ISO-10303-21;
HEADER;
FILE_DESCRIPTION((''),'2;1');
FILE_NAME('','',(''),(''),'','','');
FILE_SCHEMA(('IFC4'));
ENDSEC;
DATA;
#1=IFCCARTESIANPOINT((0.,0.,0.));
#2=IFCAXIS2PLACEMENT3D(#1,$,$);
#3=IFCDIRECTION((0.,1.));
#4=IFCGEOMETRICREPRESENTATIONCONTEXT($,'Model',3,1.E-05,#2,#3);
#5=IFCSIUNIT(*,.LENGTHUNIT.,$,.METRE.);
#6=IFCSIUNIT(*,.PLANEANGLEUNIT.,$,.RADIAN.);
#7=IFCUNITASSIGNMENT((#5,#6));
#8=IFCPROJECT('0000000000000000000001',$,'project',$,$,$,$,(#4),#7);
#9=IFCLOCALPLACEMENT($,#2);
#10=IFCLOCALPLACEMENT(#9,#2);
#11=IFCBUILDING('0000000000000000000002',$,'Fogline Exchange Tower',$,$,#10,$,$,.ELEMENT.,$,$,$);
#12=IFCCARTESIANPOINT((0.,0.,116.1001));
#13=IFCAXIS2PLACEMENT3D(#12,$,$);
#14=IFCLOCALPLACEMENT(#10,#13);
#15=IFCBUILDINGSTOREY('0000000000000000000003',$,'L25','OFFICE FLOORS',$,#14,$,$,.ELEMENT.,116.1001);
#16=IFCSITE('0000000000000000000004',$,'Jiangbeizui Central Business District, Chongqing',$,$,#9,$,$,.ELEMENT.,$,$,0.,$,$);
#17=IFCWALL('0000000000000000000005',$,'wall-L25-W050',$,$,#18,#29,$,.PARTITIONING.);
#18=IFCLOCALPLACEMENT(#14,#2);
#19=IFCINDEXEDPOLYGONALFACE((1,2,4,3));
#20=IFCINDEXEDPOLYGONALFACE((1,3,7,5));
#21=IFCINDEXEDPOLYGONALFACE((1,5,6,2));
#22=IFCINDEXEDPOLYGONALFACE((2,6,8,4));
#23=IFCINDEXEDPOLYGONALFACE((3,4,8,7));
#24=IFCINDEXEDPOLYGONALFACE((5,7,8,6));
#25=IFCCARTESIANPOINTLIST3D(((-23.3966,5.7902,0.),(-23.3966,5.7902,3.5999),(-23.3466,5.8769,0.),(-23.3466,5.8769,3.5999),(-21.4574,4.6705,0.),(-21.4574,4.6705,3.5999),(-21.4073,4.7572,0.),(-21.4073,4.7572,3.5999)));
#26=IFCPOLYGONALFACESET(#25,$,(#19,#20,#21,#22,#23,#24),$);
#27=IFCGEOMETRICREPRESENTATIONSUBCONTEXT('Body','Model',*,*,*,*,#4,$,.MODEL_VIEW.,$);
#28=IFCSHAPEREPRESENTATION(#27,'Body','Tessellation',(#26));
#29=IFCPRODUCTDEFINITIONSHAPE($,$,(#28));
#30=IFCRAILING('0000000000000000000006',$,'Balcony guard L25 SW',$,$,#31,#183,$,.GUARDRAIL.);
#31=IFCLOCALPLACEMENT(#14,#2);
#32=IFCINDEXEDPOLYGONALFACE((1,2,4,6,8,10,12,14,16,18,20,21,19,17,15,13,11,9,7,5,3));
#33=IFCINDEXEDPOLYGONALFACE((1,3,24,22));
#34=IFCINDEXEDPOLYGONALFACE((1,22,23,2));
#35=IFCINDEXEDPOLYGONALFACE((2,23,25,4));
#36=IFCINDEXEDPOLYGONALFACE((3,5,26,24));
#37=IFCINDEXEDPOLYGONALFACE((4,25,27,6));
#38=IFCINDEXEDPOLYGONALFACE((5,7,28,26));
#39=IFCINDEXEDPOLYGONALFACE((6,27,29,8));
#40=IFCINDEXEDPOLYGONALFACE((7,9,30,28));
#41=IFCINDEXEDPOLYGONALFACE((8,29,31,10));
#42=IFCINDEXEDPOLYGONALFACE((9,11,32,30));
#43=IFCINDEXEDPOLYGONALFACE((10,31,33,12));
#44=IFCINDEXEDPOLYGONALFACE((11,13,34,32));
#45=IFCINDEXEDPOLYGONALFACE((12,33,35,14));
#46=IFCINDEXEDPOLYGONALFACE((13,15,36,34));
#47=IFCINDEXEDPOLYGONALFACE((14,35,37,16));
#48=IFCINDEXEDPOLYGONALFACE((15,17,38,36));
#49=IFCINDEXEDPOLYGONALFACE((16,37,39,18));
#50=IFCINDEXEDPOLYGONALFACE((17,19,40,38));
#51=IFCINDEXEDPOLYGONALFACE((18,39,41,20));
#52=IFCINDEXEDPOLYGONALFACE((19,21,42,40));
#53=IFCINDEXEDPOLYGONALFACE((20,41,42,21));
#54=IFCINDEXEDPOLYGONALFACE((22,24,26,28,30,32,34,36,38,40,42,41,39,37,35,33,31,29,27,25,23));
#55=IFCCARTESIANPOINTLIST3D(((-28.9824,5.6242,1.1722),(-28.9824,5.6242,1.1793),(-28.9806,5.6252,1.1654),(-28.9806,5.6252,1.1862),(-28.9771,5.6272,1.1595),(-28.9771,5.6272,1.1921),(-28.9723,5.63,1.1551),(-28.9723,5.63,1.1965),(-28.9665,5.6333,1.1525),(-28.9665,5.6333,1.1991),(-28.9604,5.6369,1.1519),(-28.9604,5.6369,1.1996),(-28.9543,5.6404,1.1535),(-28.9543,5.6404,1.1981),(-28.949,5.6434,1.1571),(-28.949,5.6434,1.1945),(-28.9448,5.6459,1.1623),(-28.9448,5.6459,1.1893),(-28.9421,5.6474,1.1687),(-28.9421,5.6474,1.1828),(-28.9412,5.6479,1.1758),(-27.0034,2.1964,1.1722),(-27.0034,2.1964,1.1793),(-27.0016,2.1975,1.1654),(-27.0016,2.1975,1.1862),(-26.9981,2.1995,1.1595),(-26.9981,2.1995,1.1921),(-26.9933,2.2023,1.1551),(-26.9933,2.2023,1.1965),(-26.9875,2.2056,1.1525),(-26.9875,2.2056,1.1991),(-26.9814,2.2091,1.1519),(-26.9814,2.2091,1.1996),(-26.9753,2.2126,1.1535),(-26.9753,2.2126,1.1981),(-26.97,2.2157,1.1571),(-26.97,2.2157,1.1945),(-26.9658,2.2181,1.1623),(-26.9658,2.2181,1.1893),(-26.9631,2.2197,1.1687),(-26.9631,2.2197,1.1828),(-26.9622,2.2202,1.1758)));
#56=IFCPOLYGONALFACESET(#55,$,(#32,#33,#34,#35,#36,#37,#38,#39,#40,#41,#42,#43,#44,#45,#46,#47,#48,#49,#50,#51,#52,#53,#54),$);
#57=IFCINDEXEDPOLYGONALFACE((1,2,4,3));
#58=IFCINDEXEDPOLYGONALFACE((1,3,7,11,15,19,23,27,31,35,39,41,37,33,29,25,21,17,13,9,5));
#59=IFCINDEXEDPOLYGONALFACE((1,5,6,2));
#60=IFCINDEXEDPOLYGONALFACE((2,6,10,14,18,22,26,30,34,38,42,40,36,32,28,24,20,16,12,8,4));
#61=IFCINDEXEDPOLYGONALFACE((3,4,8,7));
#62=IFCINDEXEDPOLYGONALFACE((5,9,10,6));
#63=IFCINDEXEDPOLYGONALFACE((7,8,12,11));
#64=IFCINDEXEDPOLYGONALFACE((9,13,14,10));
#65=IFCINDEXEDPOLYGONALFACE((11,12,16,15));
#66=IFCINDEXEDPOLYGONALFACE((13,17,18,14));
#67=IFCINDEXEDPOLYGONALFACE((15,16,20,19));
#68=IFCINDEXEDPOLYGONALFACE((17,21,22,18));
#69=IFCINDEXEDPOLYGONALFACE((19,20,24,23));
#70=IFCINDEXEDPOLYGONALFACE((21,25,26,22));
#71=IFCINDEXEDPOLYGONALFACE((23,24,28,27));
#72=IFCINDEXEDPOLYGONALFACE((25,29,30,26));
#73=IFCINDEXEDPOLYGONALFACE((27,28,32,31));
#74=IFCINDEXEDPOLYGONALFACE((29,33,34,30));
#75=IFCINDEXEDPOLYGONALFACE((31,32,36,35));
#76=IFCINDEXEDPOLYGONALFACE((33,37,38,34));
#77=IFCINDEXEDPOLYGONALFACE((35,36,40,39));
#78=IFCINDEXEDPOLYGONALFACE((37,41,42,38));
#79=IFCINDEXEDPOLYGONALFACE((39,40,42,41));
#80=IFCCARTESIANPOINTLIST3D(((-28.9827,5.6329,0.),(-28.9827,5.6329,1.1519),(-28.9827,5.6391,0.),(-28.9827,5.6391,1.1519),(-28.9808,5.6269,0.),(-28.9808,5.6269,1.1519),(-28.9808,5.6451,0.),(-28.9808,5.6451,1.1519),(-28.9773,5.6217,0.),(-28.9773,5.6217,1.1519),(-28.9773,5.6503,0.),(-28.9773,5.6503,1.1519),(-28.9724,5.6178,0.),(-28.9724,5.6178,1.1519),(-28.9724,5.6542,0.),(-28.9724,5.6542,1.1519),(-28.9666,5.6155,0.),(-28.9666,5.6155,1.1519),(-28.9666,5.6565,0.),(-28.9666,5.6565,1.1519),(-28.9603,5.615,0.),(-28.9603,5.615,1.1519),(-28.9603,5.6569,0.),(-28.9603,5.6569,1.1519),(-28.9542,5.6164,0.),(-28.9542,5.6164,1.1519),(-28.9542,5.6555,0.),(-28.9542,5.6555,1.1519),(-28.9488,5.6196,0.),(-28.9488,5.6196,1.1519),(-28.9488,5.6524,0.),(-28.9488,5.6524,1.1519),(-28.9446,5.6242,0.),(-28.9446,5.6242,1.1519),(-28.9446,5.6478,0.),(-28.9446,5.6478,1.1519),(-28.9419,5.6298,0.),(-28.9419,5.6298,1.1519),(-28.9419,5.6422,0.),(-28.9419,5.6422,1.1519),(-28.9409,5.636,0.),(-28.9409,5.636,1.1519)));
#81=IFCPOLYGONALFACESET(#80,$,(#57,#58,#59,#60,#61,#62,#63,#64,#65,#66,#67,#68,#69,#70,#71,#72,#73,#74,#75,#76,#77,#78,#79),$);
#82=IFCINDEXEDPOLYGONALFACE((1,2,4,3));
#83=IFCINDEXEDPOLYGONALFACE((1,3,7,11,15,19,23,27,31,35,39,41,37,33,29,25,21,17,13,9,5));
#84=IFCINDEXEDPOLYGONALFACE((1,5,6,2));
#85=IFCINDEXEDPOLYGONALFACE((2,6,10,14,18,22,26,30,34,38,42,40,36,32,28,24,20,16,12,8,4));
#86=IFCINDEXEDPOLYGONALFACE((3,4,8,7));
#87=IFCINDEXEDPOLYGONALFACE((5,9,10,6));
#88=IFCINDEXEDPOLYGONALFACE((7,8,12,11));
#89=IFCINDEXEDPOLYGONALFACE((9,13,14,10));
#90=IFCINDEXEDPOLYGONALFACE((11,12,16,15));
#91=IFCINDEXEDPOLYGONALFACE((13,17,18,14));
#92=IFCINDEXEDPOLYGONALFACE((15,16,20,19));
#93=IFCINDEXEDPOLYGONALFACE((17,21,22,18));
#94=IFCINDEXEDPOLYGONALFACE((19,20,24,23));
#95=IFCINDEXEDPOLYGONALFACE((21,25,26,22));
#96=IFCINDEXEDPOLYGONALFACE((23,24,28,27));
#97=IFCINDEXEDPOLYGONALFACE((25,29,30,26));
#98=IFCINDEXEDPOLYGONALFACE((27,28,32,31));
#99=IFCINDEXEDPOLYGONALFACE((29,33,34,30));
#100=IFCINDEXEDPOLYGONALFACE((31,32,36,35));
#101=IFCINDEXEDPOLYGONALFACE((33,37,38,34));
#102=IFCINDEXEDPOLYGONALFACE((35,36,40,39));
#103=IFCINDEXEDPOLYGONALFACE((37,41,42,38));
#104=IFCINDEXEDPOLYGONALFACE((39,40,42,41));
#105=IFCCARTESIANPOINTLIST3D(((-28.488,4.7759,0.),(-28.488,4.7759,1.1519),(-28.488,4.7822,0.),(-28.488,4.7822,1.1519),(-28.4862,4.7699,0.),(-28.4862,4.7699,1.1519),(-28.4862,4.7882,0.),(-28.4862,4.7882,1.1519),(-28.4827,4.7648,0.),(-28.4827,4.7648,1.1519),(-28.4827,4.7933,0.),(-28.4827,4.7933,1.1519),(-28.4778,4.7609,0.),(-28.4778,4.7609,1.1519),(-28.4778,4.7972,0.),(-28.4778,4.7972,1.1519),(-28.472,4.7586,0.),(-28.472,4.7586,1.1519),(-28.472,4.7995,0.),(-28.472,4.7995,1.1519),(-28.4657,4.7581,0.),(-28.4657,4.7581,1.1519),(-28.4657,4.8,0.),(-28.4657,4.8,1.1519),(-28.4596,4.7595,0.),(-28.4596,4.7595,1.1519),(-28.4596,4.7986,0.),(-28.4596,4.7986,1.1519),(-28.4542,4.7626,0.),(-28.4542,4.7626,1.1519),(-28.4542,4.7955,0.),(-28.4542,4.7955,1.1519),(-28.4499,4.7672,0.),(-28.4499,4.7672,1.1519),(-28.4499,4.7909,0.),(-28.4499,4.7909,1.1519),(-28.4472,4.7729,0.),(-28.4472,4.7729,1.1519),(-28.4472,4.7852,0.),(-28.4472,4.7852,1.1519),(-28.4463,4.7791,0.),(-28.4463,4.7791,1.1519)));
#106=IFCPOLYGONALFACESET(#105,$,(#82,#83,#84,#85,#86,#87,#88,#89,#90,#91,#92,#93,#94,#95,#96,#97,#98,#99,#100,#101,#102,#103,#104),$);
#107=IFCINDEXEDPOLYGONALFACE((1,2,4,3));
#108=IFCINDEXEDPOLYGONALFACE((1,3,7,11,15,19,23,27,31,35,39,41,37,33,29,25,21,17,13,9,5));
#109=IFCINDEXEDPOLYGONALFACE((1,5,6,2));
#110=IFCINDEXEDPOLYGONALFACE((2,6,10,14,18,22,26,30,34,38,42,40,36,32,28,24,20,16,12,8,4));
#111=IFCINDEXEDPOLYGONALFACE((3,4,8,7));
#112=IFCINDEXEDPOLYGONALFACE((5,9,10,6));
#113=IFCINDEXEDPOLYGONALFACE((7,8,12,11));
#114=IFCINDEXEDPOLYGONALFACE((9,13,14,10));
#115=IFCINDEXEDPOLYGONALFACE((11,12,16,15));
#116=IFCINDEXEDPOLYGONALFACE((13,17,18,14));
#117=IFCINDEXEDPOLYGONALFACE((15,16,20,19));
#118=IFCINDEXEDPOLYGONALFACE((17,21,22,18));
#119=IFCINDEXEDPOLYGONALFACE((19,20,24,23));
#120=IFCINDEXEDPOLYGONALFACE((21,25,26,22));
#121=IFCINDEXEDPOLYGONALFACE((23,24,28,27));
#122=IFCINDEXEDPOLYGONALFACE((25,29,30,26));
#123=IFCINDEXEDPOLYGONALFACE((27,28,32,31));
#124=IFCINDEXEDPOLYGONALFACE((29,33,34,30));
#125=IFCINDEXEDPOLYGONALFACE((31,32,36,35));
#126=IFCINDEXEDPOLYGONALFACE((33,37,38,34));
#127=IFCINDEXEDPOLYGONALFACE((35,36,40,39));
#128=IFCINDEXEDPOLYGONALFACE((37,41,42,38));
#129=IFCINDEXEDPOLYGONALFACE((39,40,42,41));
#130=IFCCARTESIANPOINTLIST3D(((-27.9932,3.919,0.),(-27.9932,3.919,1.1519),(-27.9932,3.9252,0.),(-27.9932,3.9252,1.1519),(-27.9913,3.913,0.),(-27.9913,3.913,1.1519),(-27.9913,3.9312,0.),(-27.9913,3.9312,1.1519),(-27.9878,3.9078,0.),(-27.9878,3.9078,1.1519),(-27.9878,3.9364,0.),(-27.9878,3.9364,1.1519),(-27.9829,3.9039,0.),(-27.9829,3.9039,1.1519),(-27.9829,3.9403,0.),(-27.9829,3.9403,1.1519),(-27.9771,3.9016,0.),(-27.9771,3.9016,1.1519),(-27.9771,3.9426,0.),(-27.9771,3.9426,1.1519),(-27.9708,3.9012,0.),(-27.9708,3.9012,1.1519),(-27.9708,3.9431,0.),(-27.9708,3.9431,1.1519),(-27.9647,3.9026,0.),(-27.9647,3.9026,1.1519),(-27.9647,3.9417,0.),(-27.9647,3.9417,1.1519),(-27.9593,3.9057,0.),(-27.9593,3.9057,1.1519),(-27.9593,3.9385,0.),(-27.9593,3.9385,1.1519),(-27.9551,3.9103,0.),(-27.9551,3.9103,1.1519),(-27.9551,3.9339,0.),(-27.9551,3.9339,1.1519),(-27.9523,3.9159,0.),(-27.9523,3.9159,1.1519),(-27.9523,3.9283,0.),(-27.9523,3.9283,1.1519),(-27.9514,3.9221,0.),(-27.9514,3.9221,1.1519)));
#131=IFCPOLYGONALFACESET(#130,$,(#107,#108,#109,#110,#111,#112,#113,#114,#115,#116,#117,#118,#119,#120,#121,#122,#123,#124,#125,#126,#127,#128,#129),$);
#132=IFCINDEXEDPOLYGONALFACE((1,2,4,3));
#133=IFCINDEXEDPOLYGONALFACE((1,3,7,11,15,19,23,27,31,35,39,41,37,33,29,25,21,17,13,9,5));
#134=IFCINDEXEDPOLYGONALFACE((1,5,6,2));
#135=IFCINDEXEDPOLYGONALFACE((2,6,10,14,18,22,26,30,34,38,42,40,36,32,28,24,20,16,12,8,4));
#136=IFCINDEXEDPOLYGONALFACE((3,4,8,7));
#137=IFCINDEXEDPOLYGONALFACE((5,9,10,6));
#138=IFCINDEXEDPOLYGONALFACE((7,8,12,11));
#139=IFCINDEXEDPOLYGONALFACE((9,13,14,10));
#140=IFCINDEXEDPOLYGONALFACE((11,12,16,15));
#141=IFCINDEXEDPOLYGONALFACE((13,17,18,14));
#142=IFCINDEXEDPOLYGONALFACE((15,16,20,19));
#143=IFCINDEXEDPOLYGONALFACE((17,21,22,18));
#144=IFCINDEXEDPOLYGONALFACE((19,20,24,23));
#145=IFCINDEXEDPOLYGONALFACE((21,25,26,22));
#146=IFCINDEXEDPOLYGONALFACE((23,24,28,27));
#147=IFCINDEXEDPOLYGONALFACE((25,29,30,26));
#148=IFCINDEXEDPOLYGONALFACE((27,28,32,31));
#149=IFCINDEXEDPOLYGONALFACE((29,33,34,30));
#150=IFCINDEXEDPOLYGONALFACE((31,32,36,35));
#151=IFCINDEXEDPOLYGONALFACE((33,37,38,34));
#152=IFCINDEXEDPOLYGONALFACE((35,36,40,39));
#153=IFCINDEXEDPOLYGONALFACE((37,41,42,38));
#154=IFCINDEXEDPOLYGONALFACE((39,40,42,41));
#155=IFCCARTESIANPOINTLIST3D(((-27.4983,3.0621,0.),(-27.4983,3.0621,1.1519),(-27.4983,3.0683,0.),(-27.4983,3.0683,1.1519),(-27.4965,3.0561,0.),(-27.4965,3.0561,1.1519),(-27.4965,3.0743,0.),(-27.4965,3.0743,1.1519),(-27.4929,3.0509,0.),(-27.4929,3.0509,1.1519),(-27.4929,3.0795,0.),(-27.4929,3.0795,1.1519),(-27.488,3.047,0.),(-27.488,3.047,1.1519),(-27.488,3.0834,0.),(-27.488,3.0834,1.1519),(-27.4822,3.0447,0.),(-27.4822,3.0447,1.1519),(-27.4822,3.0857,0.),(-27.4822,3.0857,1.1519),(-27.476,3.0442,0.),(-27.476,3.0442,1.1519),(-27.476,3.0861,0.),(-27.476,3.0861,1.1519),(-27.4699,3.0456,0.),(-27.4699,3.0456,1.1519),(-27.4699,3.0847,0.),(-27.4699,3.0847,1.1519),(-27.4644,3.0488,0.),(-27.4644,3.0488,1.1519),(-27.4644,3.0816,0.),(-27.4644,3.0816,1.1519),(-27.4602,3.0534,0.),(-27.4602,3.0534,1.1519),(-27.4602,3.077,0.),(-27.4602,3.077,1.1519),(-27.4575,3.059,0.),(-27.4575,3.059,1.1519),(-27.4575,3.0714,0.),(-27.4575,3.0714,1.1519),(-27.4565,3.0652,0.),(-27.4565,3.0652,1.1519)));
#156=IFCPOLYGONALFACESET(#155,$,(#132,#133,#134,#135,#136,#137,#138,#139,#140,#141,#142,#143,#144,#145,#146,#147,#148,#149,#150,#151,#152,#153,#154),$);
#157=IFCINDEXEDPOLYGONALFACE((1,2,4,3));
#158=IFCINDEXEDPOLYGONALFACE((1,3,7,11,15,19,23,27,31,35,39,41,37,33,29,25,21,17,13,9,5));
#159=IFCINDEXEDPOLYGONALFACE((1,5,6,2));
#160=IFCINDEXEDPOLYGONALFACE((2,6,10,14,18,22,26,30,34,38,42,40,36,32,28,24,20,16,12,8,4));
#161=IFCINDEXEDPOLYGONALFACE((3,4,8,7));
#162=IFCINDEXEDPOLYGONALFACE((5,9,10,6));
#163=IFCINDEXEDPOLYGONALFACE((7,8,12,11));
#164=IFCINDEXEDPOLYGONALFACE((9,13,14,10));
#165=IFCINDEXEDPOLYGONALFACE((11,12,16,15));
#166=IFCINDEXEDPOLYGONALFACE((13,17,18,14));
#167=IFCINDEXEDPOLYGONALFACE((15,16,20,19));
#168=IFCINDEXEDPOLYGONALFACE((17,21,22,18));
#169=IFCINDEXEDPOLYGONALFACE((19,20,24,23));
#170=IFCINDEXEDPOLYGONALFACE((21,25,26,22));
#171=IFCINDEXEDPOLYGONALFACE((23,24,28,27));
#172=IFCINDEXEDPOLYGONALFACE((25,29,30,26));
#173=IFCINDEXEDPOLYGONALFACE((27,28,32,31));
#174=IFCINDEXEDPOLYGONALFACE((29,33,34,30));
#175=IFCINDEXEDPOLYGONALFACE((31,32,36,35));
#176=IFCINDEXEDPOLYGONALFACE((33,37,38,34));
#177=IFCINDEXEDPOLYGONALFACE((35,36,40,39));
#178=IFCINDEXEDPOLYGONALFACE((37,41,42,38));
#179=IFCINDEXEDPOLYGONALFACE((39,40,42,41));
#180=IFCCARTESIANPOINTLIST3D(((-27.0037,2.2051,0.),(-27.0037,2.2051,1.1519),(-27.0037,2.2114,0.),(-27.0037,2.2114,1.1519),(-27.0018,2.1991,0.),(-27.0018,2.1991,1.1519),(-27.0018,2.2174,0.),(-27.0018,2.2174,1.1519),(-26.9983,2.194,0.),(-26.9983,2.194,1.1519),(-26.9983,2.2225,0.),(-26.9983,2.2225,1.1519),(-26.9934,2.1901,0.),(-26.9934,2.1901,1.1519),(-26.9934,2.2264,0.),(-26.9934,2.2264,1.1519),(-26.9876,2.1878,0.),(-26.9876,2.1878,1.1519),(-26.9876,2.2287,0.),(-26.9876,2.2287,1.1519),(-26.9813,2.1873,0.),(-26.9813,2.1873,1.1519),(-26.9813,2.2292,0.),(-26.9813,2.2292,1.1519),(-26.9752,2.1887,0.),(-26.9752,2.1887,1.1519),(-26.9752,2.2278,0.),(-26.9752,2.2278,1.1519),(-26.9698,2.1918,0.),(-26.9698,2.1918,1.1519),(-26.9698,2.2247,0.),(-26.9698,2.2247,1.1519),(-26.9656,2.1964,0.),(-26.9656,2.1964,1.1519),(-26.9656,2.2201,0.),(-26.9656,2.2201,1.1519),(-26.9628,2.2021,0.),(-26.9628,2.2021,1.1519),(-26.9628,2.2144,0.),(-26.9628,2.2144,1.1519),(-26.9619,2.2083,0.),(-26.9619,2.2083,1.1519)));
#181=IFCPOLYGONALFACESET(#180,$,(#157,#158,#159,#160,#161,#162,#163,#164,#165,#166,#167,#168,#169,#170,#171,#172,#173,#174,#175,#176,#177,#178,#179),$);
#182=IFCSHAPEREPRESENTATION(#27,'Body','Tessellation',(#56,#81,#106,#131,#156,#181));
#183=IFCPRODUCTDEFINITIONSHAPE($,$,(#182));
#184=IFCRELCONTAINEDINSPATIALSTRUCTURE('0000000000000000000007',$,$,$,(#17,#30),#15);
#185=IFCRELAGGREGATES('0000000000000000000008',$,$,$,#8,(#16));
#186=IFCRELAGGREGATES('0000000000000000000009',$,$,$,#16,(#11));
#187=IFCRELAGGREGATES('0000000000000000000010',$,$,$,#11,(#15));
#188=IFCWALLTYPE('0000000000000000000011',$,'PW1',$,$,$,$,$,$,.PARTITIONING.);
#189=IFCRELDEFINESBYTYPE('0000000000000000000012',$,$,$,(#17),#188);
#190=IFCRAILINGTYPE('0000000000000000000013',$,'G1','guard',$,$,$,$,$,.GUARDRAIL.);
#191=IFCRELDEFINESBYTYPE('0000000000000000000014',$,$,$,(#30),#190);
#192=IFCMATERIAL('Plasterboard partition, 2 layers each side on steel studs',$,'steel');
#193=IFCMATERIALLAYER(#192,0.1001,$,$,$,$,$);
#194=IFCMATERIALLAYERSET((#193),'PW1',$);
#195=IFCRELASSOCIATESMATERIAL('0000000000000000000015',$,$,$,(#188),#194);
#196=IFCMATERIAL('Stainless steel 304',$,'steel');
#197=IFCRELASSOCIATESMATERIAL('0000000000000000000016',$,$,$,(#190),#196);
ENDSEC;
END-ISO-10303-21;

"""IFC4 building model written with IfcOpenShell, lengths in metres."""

from ifc_helpers import new_model, si_unit, direction, frame, frame_2d, origin, origin_2d, place, context, subcontext, project, spatial, rectangle, circle, extrude, material, layer, layer_set, type_object, element, save


model = new_model("IFC4")

# Units and contexts
model_context = context("Model", 3, precision=1e-05, world=origin(), true_north=direction((0.0, 1.0)))
body_context = subcontext(model_context, "Body", "Model", "MODEL_VIEW")
ifc_project = project(units=[si_unit("LENGTHUNIT", "METRE"), si_unit("PLANEANGLEUNIT", "RADIAN")], contexts=[model_context])

# Site, building, storey
site_placement = place(None, origin())
site = spatial("IfcSite", under=ifc_project, at=site_placement, Name="Jiangbeizui Central Business District, Chongqing", CompositionType="ELEMENT", RefElevation=0.0)
building_placement = place(site_placement, origin())
building = spatial("IfcBuilding", under=site, at=building_placement, Name="Fogline Exchange Tower", CompositionType="ELEMENT")
storey_placement = place(building_placement, frame((0.0, 0.0, 116.1001)))
storey = spatial("IfcBuildingStorey", under=building, at=storey_placement, Name="L25", Description="OFFICE FLOORS", CompositionType="ELEMENT", Elevation=116.1001)

# Wall
ifc_material_1 = material(Name="Plasterboard partition, 2 layers each side on steel studs", Category="steel")
ifc_layer_1 = layer(ifc_material_1, 0.1001)
ifc_layer_set_1 = layer_set([ifc_layer_1], Name="PW1")
wall_type_1 = type_object("IfcWallType", Name="PW1", PredefinedType="PARTITIONING", material=ifc_layer_set_1)
wall_1_placement = place(storey_placement, frame((-21.4324, 4.7139, 0.0), z_axis=(0.0, 0.0, 1.0), x_axis=(-0.86602, 0.500009, 0.0)))
element("IfcWall", 1, at=wall_1_placement, inside=storey, type_object=wall_type_1, Name="wall-L25-W050", PredefinedType="PARTITIONING", context=body_context, shape_type="SweptSolid", body=[
    extrude(rectangle(XDim=2.2393, YDim=0.1001, at=frame_2d((1.1196, 0.0))), origin(), (0.0, 0.0, 1.0), 3.5999),
])

# Railing
ifc_material_2 = material(Name="Stainless steel 304", Category="steel")
railing_type = type_object("IfcRailingType", Name="G1", Description="guard", PredefinedType="GUARDRAIL", material=ifc_material_2)
railing_placement = place(storey_placement, frame((-28.9619, 5.636, 0.0)))
element("IfcRailing", 2, at=railing_placement, inside=storey, type_object=railing_type, Name="Balcony guard L25 SW", PredefinedType="GUARDRAIL", context=body_context, shape_type="SweptSolid", body=[
    extrude(circle(Radius=0.0239, at=origin_2d()), frame((0.0, 0.0, 1.1758), z_axis=(0.5, -0.866025, 0.0), x_axis=(0.866025, 0.5, 0.0)), (0.0, 0.0, 1.0), 3.958),
    extrude(circle(Radius=0.021, at=origin_2d()), origin(), (0.0, 0.0, 1.0), 1.1519),
    extrude(circle(Radius=0.021, at=origin_2d()), frame((0.4946, -0.8569, 0.0)), (0.0, 0.0, 1.0), 1.1519),
    extrude(circle(Radius=0.021, at=origin_2d()), frame((0.9895, -1.7139, 0.0)), (0.0, 0.0, 1.0), 1.1519),
    extrude(circle(Radius=0.021, at=origin_2d()), frame((1.4844, -2.5708, 0.0)), (0.0, 0.0, 1.0), 1.1519),
    extrude(circle(Radius=0.021, at=origin_2d()), frame((1.979, -3.4277, 0.0)), (0.0, 0.0, 1.0), 1.1519),
])

save(model, "model.ifc")
